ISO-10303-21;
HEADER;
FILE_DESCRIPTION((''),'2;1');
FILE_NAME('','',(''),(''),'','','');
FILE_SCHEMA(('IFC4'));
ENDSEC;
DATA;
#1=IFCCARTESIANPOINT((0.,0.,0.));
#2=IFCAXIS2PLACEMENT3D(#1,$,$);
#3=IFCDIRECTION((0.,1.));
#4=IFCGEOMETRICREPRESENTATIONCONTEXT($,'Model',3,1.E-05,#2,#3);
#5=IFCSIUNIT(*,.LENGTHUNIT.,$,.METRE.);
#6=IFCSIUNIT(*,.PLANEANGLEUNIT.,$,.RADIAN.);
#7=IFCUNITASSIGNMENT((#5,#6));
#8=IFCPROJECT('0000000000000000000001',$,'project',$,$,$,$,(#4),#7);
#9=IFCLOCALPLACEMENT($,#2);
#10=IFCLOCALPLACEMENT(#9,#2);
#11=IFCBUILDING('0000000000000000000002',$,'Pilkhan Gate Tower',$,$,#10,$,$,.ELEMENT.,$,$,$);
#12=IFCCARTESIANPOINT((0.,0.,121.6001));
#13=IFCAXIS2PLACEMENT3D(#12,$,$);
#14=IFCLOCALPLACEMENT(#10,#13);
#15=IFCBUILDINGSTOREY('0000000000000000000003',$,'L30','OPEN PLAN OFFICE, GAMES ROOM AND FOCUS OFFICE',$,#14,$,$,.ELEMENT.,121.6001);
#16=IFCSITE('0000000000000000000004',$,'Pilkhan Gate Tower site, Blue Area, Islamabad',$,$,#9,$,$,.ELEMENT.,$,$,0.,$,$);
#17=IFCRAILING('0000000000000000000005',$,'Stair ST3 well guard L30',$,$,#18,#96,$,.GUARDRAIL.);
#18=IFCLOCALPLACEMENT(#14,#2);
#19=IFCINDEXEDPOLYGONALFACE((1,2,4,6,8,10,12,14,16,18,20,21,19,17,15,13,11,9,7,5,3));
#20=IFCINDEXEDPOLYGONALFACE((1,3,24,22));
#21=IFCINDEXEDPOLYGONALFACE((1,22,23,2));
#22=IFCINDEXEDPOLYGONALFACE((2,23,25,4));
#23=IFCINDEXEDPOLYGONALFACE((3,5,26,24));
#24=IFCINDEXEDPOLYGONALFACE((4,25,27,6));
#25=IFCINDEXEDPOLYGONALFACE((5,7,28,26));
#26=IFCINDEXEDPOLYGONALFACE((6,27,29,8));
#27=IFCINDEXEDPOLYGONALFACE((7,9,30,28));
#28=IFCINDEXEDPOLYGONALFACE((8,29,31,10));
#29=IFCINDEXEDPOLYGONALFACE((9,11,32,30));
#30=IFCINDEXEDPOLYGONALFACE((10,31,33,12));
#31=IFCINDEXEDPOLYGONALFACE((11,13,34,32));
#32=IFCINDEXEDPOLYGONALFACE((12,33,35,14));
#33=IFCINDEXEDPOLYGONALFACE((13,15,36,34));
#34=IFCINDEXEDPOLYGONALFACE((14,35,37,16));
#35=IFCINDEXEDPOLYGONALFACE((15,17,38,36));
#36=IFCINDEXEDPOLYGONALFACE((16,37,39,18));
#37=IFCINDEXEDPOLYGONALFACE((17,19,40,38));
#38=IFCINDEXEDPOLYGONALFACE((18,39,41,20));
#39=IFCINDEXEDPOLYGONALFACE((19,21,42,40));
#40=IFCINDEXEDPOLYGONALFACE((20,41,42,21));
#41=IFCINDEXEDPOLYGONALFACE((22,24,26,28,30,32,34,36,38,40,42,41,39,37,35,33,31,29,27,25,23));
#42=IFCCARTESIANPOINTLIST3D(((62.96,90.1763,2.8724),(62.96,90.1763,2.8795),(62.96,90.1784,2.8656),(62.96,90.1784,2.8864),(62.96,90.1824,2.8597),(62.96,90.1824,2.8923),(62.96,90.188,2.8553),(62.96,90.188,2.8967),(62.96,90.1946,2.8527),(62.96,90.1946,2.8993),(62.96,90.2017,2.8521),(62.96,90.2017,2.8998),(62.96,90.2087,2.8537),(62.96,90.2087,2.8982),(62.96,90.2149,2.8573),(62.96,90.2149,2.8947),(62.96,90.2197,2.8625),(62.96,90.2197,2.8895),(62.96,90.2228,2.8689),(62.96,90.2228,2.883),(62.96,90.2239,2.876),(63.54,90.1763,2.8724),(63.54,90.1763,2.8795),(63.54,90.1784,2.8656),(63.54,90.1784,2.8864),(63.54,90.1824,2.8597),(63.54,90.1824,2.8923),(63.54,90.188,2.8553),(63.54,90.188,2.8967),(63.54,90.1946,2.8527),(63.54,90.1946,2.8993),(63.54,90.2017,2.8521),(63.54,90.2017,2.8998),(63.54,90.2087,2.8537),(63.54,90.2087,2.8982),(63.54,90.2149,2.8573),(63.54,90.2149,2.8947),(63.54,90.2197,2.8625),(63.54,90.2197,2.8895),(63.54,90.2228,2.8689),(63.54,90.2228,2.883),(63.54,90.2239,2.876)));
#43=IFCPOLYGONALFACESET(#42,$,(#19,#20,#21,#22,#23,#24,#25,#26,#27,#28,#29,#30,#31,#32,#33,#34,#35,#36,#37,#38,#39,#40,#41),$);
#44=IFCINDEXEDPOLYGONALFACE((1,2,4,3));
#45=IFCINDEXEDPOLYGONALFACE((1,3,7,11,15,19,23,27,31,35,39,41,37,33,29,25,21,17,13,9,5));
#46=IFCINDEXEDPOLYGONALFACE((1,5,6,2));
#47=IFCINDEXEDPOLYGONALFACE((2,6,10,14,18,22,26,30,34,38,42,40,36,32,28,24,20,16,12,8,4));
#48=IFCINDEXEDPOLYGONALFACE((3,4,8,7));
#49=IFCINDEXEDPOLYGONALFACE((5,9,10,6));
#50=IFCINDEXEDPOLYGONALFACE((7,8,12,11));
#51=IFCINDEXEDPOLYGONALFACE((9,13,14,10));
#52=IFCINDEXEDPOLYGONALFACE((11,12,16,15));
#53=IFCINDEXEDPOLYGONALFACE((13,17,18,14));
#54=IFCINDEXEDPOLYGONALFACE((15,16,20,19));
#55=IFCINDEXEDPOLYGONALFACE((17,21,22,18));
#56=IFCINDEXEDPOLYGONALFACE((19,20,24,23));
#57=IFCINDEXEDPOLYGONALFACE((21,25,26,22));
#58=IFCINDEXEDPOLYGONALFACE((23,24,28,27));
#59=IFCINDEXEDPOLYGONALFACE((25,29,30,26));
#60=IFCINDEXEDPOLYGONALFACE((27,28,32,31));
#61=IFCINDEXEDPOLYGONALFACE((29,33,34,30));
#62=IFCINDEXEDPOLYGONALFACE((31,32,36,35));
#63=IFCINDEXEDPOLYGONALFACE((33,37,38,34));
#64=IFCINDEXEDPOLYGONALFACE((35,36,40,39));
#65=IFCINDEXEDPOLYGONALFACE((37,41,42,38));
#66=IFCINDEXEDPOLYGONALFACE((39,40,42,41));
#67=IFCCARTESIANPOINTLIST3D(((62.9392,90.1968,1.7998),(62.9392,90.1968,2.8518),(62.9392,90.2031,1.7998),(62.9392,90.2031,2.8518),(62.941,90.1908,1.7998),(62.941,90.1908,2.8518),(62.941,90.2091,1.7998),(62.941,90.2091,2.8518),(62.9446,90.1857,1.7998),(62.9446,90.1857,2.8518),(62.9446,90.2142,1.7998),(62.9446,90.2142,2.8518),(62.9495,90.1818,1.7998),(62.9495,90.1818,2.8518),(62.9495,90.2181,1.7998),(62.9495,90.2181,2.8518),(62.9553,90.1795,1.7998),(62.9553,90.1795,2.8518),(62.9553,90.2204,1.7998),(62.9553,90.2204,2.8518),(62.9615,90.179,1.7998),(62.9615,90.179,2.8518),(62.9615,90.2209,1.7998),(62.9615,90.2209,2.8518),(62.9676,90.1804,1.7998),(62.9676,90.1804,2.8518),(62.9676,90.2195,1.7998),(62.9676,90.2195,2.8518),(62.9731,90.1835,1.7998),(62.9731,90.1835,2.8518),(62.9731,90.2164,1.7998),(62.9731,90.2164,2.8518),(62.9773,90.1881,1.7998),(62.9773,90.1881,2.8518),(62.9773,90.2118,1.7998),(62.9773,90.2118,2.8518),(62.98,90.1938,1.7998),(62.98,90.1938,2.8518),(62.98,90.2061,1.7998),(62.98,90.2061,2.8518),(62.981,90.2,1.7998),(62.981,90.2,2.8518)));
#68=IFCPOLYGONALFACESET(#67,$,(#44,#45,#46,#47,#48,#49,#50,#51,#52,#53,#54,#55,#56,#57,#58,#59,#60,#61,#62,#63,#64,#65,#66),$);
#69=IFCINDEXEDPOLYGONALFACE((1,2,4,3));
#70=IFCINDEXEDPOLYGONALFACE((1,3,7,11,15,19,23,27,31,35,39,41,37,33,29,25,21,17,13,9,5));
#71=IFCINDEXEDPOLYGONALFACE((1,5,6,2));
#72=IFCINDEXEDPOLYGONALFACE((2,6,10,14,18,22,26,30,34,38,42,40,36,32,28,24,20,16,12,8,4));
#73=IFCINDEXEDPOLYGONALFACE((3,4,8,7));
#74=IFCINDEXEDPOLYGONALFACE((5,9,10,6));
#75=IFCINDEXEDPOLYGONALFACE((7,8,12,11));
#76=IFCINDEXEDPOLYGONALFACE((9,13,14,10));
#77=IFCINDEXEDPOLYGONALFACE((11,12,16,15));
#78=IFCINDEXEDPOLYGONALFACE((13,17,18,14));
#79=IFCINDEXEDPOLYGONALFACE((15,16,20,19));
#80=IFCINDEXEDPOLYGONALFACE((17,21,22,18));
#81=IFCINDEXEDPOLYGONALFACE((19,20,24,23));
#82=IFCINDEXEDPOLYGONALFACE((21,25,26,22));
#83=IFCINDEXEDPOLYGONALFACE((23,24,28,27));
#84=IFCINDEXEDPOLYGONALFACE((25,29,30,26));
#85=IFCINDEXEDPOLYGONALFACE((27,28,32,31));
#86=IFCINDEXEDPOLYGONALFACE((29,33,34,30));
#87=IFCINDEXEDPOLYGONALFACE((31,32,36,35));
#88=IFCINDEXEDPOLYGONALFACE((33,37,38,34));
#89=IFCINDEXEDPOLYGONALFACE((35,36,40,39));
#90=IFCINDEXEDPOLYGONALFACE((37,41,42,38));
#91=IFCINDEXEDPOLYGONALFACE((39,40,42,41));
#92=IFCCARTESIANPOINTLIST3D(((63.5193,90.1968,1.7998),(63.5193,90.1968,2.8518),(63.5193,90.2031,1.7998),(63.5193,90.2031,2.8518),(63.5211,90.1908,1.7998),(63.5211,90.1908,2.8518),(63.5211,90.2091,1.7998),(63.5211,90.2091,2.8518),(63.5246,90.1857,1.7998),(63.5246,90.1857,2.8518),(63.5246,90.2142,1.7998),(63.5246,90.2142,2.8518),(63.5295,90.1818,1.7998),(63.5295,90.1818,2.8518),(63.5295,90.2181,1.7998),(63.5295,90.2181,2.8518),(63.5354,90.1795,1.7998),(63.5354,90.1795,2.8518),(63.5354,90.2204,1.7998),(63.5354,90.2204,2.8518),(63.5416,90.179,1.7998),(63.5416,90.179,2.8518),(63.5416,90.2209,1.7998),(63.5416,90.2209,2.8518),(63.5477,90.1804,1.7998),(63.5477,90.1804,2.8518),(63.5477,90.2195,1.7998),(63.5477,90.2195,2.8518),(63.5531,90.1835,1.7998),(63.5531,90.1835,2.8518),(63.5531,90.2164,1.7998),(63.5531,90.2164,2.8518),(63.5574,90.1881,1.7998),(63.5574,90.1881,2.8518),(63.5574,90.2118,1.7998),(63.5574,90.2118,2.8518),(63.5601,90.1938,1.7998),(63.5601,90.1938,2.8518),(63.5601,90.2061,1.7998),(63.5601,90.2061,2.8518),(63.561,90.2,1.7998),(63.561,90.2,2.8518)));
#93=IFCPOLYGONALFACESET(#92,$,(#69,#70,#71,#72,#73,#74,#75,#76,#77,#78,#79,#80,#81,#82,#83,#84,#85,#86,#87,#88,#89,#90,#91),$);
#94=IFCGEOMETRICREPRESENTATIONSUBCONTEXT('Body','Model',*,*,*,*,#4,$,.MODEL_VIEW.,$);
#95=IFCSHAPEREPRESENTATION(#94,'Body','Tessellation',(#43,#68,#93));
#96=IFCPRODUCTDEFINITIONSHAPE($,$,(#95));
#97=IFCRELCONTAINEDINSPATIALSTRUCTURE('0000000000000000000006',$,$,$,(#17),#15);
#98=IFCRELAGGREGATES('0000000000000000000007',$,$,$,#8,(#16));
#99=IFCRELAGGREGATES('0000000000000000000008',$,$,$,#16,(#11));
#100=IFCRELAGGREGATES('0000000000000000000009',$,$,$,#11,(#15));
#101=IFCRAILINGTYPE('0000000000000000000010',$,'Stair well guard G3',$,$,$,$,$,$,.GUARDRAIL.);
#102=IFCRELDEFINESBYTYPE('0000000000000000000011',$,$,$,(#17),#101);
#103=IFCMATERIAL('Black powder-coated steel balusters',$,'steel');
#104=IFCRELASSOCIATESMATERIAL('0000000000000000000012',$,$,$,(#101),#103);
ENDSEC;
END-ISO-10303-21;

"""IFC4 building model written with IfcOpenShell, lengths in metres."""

from ifc_helpers import new_model, si_unit, direction, frame, origin, origin_2d, place, context, subcontext, project, spatial, circle, extrude, material, type_object, element, save


model = new_model("IFC4")

# Units and contexts
model_context = context("Model", 3, precision=1e-05, world=origin(), true_north=direction((0.0, 1.0)))
body_context = subcontext(model_context, "Body", "Model", "MODEL_VIEW")
ifc_project = project(units=[si_unit("LENGTHUNIT", "METRE"), si_unit("PLANEANGLEUNIT", "RADIAN")], contexts=[model_context])

# Site, building, storey
site_placement = place(None, origin())
site = spatial("IfcSite", under=ifc_project, at=site_placement, Name="Pilkhan Gate Tower site, Blue Area, Islamabad", CompositionType="ELEMENT", RefElevation=0.0)
building_placement = place(site_placement, origin())
building = spatial("IfcBuilding", under=site, at=building_placement, Name="Pilkhan Gate Tower", CompositionType="ELEMENT")
storey_placement = place(building_placement, frame((0.0, 0.0, 121.6001)))
storey = spatial("IfcBuildingStorey", under=building, at=storey_placement, Name="L30", Description="OPEN PLAN OFFICE, GAMES ROOM AND FOCUS OFFICE", CompositionType="ELEMENT", Elevation=121.6001)

# Railing
ifc_material_1 = material(Name="Black powder-coated steel balusters", Category="steel")
railing_type_1 = type_object("IfcRailingType", Name="Stair well guard G3", PredefinedType="GUARDRAIL", material=ifc_material_1)
for number, where, name in (
    (1, (62.96, 90.2, 1.7998), "Stair ST3 well guard L30"),
):
    element("IfcRailing", number, at=place(storey_placement, frame(where)), inside=storey, type_object=railing_type_1, Name=name, PredefinedType="GUARDRAIL", context=body_context, shape_type="SweptSolid", body=[
        extrude(circle(Radius=0.0239, at=origin_2d()), frame((0.0, 0.0, 1.0762), z_axis=(1.0, 0.0, 0.0), x_axis=(0.0, 1.0, 0.0)), (0.0, 0.0, 1.0), 0.5801),
        extrude(circle(Radius=0.021, at=origin_2d()), origin(), (0.0, 0.0, 1.0), 1.052),
        extrude(circle(Radius=0.021, at=origin_2d()), frame((0.5801, 0.0, 0.0)), (0.0, 0.0, 1.0), 1.052),
    ])

save(model, "model.ifc")
